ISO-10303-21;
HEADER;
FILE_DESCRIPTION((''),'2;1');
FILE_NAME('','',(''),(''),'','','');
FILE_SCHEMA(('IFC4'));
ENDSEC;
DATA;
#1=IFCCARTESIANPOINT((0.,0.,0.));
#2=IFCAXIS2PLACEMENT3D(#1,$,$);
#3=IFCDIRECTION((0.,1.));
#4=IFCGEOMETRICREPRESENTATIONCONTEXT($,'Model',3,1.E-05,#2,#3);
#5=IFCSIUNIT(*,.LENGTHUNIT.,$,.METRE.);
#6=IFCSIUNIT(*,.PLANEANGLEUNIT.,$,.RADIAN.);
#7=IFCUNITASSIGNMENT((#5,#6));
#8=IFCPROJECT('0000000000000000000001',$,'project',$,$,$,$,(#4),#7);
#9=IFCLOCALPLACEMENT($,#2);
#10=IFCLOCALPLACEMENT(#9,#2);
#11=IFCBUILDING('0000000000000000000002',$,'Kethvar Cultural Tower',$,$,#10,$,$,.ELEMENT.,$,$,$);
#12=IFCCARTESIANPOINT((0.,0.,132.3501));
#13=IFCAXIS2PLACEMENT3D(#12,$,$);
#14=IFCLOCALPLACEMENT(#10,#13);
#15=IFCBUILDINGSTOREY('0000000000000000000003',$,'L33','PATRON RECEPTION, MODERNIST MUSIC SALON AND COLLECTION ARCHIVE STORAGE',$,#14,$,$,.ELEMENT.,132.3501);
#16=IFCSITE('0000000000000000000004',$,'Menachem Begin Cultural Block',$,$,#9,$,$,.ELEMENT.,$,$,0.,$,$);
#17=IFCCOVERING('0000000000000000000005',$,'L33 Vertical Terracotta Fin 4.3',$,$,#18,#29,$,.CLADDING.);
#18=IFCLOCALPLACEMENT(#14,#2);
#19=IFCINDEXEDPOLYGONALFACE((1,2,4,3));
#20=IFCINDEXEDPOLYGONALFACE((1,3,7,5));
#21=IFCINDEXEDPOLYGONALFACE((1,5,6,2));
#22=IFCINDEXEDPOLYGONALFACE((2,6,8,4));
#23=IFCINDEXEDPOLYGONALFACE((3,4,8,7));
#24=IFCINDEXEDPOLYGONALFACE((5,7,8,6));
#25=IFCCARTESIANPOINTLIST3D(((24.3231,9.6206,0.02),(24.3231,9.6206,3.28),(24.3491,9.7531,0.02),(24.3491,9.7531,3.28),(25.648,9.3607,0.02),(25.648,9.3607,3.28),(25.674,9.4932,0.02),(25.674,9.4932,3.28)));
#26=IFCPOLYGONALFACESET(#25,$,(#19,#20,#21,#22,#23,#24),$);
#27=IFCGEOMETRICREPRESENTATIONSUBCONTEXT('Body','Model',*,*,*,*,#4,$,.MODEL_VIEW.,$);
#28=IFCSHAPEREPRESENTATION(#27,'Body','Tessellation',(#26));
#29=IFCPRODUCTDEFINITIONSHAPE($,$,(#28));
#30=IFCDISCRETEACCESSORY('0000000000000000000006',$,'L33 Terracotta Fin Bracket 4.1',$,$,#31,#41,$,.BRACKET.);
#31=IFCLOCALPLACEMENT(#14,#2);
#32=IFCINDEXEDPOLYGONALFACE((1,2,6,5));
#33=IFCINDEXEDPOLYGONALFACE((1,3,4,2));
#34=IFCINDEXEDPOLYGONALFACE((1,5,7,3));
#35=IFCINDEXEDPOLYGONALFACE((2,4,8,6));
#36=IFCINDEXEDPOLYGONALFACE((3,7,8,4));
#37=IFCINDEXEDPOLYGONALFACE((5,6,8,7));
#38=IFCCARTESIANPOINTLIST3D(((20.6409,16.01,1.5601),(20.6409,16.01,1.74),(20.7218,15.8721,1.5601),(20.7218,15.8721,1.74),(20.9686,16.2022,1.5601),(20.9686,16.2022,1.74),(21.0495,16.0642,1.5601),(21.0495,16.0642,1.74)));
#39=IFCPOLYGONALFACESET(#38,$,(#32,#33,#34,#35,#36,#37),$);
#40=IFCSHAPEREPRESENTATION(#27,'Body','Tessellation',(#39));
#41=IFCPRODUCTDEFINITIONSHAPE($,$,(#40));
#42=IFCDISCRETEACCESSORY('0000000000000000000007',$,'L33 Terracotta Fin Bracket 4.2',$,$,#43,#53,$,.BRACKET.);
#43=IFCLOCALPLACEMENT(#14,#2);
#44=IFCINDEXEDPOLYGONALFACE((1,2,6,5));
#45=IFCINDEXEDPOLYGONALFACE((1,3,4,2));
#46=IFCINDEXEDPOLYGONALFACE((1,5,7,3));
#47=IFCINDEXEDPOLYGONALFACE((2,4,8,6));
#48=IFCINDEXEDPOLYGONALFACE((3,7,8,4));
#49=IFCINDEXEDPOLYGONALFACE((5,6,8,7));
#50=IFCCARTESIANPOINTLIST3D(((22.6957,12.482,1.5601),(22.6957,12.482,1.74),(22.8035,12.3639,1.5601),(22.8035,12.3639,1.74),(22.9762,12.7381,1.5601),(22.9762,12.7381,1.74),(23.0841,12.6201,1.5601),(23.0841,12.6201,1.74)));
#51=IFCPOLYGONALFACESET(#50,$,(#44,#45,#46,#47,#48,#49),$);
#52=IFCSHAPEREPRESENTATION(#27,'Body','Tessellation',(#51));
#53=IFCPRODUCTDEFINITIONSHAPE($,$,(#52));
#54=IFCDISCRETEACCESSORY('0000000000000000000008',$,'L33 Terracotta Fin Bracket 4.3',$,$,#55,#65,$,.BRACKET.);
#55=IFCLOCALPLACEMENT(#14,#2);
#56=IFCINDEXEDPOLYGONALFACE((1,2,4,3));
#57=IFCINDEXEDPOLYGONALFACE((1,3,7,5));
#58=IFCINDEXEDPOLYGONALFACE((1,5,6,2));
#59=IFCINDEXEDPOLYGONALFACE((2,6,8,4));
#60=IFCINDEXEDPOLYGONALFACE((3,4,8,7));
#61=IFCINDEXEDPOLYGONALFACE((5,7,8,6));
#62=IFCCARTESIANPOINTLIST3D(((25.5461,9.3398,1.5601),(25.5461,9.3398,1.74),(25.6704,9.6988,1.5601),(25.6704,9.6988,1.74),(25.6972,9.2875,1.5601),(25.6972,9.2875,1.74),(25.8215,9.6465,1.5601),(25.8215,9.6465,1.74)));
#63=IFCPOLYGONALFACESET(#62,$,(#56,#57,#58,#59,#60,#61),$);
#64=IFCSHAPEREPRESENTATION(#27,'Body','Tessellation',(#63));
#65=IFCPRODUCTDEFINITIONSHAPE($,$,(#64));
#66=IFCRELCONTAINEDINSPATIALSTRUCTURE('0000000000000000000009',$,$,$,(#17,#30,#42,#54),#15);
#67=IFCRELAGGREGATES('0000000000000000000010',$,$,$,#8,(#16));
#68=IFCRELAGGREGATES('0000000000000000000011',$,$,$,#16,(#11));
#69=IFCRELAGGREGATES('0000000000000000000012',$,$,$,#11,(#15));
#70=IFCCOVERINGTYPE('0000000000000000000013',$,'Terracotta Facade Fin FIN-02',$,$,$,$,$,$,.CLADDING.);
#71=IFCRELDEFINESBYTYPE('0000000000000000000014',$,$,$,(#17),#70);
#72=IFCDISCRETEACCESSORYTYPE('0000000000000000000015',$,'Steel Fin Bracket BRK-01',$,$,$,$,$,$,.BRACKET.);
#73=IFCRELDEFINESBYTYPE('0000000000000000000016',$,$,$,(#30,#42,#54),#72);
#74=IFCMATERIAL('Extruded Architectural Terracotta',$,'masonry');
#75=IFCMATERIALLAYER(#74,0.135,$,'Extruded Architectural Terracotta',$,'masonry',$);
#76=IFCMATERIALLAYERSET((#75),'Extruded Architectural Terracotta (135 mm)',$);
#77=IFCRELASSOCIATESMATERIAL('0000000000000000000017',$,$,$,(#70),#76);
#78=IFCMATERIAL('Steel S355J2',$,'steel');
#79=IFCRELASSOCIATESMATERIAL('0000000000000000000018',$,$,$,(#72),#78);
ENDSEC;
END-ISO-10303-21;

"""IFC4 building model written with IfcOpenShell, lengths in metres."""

from ifc_helpers import new_model, si_unit, direction, frame, origin, origin_2d, place, context, subcontext, project, spatial, rectangle, extrude, source, transform, mapped, material, layer, layer_set, type_object, element, save


model = new_model("IFC4")

# Units and contexts
model_context = context("Model", 3, precision=1e-05, world=origin(), true_north=direction((0.0, 1.0)))
body_context = subcontext(model_context, "Body", "Model", "MODEL_VIEW")
ifc_project = project(units=[si_unit("LENGTHUNIT", "METRE"), si_unit("PLANEANGLEUNIT", "RADIAN")], contexts=[model_context])

# Site, building, storey
site_placement = place(None, origin())
site = spatial("IfcSite", under=ifc_project, at=site_placement, Name="Menachem Begin Cultural Block", CompositionType="ELEMENT", RefElevation=0.0)
building_placement = place(site_placement, origin())
building = spatial("IfcBuilding", under=site, at=building_placement, Name="Kethvar Cultural Tower", CompositionType="ELEMENT")
storey_placement = place(building_placement, frame((0.0, 0.0, 132.3501)))
storey = spatial("IfcBuildingStorey", under=building, at=storey_placement, Name="L33", Description="PATRON RECEPTION, MODERNIST MUSIC SALON AND COLLECTION ARCHIVE STORAGE", CompositionType="ELEMENT", Elevation=132.3501)

# Shared definitions
ifc_material_1 = material(Name="Steel S355J2", Category="steel")

# Covering
ifc_material_2 = material(Name="Extruded Architectural Terracotta", Category="masonry")
ifc_layer_1 = layer(ifc_material_2, 0.135, Name="Extruded Architectural Terracotta", Category="masonry")
ifc_layer_set_1 = layer_set([ifc_layer_1], Name="Extruded Architectural Terracotta (135 mm)")
covering_type = type_object("IfcCoveringType", Name="Terracotta Facade Fin FIN-02", PredefinedType="CLADDING", material=ifc_layer_set_1)
shared_shape_1 = source(origin(), body_context, "Body", "SweptSolid", [
    extrude(rectangle(XDim=1.3501, YDim=0.135, at=origin_2d()), origin(), (0.0, 0.0, 1.0), 3.26),
])
for number, where, z_axis, x_axis, name in (
    (1, (24.9985, 9.5569, 0.02), (0.0, 0.0, 1.0), (-0.981293, 0.192522, 0.0), "L33 Vertical Terracotta Fin 4.3"),
):
    element("IfcCovering", number, at=place(storey_placement, frame(where, z_axis=z_axis, x_axis=x_axis)), inside=storey, type_object=covering_type, Name=name, PredefinedType="CLADDING", context=body_context, shape_type="MappedRepresentation", body=[
        mapped(shared_shape_1, transform((0.0, 0.0, 0.0), scale=1.0)),
    ])

# Discrete accessories
discrete_accessory_type = type_object("IfcDiscreteAccessoryType", Name="Steel Fin Bracket BRK-01", PredefinedType="BRACKET", material=ifc_material_1)
shared_shape_2 = source(origin(), body_context, "Body", "SweptSolid", [
    extrude(rectangle(XDim=0.3799, YDim=0.1599, at=origin_2d()), origin(), (0.0, 0.0, 1.0), 0.1799),
])
for number, where, z_axis, x_axis, name in (
    (2, (20.8452, 16.0371, 1.5601), (0.0, 0.0, 1.0), (-0.862602, -0.505883, 0.0), "L33 Terracotta Fin Bracket 4.1"),
    (3, (22.8899, 12.551, 1.5601), (0.0, 0.0, 1.0), (-0.738455, -0.674302, 0.0), "L33 Terracotta Fin Bracket 4.2"),
    (4, (25.6838, 9.4932, 1.5601), (0.0, 0.0, 1.0), (-0.327218, -0.944949, 0.0), "L33 Terracotta Fin Bracket 4.3"),
):
    element("IfcDiscreteAccessory", number, at=place(storey_placement, frame(where, z_axis=z_axis, x_axis=x_axis)), inside=storey, type_object=discrete_accessory_type, Name=name, PredefinedType="BRACKET", context=body_context, shape_type="MappedRepresentation", body=[
        mapped(shared_shape_2, transform((0.0, 0.0, 0.0), scale=1.0)),
    ])

save(model, "model.ifc")
